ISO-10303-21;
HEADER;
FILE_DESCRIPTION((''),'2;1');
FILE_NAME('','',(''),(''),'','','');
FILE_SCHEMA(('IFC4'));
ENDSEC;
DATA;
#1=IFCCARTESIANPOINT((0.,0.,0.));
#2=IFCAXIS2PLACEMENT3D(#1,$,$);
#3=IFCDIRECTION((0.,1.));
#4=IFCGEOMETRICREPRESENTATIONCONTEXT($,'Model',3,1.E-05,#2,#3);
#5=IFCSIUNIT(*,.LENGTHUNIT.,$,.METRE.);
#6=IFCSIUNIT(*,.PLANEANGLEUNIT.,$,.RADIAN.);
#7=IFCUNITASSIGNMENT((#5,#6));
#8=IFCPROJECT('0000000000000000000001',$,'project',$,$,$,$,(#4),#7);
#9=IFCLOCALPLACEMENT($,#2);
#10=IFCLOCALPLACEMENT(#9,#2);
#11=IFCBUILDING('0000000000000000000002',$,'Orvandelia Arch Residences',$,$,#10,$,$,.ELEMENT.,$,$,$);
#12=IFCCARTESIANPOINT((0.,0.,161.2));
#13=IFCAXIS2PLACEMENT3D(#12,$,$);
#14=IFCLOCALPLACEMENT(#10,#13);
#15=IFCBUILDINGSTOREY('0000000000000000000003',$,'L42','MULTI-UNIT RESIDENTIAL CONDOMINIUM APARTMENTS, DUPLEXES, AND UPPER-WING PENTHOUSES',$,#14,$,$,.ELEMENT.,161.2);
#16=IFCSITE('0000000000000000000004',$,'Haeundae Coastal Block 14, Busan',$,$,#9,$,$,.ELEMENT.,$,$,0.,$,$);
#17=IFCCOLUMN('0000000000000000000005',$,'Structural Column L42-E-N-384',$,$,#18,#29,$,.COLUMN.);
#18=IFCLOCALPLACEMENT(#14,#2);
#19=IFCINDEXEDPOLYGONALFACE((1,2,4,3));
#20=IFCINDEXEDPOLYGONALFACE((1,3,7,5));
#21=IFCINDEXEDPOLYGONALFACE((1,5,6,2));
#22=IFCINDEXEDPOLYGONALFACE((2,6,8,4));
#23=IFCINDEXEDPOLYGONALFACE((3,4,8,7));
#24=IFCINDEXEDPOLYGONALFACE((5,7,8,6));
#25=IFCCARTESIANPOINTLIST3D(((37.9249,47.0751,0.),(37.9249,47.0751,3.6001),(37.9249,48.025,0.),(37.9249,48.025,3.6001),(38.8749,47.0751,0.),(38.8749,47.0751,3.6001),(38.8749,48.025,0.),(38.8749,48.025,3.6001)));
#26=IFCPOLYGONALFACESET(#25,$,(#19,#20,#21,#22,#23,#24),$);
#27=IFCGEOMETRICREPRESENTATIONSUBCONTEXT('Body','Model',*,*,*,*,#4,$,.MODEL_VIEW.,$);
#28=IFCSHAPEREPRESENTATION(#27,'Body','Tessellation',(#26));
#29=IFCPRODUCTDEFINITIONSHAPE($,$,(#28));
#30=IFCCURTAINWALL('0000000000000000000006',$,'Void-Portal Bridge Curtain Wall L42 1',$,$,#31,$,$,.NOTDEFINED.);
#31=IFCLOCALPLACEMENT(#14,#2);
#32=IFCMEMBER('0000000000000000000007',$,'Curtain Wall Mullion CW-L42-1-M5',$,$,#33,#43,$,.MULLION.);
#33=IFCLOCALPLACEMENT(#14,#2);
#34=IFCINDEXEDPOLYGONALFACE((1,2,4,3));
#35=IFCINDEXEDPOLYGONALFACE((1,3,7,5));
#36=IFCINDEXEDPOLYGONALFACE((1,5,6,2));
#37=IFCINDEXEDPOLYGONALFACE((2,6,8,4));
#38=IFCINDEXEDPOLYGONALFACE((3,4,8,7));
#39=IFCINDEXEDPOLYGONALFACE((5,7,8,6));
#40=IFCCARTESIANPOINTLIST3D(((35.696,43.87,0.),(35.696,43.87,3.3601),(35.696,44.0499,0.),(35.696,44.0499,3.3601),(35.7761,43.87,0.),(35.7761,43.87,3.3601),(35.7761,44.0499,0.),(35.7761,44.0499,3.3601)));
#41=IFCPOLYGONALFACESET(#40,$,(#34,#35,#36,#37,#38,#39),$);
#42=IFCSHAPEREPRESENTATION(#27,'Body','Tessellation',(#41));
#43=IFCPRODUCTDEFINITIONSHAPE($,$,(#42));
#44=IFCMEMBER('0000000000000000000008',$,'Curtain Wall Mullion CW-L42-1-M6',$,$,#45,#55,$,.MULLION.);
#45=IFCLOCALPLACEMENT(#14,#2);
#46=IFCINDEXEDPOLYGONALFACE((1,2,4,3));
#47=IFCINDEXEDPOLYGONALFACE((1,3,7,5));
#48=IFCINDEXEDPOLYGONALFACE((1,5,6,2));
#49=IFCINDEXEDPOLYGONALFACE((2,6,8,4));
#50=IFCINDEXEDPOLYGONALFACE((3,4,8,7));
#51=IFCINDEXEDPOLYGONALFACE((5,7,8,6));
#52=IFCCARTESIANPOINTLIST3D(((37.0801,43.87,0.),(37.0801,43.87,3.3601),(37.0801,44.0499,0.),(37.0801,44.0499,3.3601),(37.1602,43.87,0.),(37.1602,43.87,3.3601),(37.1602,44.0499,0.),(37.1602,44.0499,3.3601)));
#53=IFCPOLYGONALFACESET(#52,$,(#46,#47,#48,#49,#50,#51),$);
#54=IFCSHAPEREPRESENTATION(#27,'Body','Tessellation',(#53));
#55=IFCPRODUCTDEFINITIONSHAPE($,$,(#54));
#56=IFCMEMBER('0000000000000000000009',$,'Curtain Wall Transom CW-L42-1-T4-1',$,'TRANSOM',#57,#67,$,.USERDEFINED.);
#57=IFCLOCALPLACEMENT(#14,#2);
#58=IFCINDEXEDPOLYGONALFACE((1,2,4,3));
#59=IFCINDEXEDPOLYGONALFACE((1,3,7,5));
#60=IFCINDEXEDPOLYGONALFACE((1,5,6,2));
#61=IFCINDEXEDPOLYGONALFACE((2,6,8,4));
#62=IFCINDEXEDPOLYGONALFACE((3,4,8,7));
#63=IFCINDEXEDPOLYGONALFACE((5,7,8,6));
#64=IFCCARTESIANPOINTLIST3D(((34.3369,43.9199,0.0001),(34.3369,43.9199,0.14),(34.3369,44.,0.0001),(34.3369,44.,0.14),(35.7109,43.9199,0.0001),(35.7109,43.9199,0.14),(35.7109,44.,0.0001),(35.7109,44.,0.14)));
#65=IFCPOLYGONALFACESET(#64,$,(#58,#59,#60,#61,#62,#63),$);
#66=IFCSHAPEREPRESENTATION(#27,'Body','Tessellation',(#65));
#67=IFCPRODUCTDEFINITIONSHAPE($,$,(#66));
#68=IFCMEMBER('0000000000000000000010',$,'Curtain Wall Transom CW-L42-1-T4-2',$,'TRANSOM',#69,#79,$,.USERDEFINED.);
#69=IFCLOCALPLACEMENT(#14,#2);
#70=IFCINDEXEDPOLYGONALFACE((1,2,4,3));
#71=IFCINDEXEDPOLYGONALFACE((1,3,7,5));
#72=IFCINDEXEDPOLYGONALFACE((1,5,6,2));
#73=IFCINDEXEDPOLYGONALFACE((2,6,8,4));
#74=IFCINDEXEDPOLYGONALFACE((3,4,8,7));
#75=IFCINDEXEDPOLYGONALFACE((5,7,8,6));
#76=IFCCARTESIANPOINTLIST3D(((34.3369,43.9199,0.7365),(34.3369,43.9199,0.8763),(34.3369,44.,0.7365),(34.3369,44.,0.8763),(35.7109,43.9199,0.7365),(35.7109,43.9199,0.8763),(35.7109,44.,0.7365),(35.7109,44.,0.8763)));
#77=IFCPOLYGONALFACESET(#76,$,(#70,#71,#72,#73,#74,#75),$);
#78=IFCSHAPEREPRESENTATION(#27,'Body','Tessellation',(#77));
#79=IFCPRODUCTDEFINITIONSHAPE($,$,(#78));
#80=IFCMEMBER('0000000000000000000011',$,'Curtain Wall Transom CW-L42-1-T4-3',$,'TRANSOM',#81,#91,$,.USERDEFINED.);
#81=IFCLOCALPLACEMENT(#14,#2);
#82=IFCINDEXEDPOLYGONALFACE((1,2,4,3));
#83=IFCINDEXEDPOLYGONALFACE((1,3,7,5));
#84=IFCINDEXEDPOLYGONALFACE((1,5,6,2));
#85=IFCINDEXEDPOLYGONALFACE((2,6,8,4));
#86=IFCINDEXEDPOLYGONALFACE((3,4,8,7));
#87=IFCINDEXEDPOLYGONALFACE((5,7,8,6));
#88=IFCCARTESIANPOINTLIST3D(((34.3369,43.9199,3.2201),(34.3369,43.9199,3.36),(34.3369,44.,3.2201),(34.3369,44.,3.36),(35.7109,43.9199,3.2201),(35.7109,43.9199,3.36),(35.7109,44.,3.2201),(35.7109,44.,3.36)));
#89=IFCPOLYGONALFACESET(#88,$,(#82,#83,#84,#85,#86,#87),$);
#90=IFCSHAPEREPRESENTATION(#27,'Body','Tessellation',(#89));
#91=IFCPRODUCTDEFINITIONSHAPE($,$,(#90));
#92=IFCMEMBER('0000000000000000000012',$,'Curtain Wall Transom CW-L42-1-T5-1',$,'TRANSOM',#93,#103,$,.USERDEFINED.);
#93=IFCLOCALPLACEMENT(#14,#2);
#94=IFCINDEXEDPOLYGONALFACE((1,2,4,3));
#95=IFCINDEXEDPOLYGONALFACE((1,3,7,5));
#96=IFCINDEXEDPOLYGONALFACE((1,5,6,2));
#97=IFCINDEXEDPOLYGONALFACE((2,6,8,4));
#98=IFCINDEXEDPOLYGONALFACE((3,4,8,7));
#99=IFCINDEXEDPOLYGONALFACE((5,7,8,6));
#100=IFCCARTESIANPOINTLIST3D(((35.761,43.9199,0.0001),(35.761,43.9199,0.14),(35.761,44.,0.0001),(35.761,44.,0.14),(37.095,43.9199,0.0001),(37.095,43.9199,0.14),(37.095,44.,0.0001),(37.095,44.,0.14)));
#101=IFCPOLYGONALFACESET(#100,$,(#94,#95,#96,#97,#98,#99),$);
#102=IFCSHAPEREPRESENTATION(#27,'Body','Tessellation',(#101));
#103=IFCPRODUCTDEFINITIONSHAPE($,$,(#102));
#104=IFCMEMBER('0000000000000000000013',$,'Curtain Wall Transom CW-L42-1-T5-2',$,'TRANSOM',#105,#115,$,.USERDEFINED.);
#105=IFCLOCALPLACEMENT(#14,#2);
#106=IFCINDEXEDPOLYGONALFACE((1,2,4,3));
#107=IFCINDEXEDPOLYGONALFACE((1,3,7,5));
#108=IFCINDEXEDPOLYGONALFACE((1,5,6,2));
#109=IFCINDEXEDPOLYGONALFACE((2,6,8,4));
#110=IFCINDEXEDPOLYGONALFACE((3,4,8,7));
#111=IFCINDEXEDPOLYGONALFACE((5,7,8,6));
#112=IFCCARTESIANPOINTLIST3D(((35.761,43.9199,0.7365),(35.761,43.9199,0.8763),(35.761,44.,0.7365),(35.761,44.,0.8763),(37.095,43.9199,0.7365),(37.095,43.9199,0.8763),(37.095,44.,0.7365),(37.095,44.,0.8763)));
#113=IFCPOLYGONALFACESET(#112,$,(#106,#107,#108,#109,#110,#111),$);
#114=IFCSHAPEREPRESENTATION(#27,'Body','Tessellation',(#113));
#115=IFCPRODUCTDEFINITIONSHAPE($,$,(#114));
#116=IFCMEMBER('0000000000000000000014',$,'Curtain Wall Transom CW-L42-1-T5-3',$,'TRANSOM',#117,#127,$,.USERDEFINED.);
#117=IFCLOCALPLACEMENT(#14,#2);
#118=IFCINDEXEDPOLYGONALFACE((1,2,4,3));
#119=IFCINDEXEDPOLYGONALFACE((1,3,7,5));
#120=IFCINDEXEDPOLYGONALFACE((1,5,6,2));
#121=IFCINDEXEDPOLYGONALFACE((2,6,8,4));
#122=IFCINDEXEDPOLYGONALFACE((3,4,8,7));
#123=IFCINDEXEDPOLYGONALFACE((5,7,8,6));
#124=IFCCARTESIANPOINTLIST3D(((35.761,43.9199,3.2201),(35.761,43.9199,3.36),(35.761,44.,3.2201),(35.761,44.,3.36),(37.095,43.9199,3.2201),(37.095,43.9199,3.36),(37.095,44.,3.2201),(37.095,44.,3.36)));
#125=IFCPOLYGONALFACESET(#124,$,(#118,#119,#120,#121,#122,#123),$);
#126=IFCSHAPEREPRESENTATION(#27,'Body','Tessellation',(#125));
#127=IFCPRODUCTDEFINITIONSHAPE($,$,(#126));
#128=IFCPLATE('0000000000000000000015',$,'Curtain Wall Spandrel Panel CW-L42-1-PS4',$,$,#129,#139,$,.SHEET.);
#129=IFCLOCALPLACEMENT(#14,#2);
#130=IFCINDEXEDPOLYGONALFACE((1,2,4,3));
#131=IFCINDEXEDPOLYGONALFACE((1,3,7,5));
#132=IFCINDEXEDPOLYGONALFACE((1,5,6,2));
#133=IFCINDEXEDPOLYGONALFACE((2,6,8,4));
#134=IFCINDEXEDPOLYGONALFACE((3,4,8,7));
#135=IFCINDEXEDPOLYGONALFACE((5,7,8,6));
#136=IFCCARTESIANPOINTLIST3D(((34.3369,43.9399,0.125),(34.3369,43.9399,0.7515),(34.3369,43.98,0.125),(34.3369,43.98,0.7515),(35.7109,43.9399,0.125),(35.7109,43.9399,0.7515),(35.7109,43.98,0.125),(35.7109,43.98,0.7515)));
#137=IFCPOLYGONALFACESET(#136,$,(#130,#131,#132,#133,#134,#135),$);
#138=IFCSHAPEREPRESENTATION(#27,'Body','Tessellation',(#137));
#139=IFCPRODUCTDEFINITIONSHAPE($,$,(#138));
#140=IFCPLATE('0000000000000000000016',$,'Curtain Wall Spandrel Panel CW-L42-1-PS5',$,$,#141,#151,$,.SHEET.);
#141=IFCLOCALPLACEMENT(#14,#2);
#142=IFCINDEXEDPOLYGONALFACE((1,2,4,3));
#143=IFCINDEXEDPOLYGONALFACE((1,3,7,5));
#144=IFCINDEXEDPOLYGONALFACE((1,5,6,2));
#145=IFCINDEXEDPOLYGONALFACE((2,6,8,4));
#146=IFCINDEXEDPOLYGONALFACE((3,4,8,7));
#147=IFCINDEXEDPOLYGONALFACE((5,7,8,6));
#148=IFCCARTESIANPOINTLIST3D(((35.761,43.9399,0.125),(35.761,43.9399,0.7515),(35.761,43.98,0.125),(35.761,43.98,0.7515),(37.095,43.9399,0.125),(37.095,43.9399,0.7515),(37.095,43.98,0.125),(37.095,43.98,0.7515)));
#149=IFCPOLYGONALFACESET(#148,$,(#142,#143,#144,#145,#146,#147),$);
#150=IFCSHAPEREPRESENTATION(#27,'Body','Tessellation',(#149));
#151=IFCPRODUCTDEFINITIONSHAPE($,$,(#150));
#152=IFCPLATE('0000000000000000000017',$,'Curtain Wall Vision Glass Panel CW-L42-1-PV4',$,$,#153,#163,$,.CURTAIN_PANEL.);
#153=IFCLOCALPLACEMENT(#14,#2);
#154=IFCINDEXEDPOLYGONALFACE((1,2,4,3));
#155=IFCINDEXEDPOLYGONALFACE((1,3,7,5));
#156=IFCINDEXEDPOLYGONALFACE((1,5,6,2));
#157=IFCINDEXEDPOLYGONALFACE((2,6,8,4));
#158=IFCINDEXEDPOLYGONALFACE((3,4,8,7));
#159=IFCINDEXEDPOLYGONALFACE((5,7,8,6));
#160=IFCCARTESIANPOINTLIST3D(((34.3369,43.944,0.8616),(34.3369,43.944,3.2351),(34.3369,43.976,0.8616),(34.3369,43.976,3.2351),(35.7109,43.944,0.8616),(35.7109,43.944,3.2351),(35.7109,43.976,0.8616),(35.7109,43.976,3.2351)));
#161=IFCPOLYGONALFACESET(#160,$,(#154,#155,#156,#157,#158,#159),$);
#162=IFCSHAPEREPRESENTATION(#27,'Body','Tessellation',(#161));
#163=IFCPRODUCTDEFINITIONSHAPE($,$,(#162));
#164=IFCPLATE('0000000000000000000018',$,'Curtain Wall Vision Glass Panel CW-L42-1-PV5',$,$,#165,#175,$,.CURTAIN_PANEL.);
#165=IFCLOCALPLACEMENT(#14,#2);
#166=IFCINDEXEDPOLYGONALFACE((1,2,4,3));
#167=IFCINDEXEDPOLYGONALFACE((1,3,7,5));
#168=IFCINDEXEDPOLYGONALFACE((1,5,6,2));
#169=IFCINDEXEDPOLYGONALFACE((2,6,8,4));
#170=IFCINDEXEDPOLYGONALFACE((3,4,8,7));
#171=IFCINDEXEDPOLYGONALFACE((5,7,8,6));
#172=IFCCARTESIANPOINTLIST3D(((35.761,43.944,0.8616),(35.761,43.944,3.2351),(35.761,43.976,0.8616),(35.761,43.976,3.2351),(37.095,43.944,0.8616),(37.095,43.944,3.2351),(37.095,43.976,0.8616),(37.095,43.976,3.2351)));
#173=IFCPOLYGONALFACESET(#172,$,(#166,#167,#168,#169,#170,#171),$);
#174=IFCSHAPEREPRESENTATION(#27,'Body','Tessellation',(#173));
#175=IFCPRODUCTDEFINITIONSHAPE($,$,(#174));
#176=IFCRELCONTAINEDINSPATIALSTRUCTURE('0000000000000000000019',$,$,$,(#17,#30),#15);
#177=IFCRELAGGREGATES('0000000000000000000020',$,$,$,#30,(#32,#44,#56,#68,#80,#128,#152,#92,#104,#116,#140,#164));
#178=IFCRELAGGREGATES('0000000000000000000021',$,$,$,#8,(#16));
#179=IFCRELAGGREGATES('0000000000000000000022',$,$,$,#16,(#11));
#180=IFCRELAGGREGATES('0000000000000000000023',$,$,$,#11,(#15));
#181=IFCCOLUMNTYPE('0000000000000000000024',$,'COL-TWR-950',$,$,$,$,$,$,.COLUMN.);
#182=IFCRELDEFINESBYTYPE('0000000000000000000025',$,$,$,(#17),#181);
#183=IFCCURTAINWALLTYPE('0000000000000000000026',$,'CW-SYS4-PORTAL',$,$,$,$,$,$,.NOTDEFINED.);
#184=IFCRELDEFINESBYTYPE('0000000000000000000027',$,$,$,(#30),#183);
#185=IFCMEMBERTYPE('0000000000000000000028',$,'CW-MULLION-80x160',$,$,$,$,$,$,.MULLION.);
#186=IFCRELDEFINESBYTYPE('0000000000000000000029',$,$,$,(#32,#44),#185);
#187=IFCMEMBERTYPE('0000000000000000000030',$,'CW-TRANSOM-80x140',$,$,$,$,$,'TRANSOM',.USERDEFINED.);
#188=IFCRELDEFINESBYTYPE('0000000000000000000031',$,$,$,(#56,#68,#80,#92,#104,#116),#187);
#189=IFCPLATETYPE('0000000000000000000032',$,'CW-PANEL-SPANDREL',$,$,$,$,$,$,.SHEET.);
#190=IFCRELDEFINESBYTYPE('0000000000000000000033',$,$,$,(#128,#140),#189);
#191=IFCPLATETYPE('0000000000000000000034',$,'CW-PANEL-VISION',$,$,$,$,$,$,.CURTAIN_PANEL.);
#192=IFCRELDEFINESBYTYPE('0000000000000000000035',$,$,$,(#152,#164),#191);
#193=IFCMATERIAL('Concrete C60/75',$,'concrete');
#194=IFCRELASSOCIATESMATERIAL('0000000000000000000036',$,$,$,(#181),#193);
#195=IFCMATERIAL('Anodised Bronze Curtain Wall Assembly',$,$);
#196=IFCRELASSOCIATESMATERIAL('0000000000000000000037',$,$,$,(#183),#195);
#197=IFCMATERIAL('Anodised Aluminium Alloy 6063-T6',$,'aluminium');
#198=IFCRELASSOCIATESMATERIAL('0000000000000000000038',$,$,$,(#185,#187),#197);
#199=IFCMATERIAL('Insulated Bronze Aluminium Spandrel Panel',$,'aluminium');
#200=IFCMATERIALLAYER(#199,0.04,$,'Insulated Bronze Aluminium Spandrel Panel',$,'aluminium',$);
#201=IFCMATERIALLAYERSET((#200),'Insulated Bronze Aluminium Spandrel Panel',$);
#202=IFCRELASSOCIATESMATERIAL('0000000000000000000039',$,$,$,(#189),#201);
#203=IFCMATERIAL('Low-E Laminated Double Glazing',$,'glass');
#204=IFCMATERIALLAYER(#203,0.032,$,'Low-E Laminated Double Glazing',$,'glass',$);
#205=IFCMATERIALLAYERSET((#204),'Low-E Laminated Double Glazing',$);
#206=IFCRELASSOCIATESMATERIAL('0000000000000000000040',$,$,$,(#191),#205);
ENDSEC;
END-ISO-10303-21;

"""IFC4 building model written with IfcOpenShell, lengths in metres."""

from ifc_helpers import new_model, si_unit, direction, frame, origin, origin_2d, place, context, subcontext, project, spatial, rectangle, extrude, material, layer, layer_set, material_profile, profile_set, type_object, element, aggregate, save


model = new_model("IFC4")

# Units and contexts
model_context = context("Model", 3, precision=1e-05, world=origin(), true_north=direction((0.0, 1.0)))
body_context = subcontext(model_context, "Body", "Model", "MODEL_VIEW")
ifc_project = project(units=[si_unit("LENGTHUNIT", "METRE"), si_unit("PLANEANGLEUNIT", "RADIAN")], contexts=[model_context])

# Site, building, storey
site_placement = place(None, origin())
site = spatial("IfcSite", under=ifc_project, at=site_placement, Name="Haeundae Coastal Block 14, Busan", CompositionType="ELEMENT", RefElevation=0.0)
building_placement = place(site_placement, origin())
building = spatial("IfcBuilding", under=site, at=building_placement, Name="Orvandelia Arch Residences", CompositionType="ELEMENT")
storey_placement = place(building_placement, frame((0.0, 0.0, 161.2)))
storey = spatial("IfcBuildingStorey", under=building, at=storey_placement, Name="L42", Description="MULTI-UNIT RESIDENTIAL CONDOMINIUM APARTMENTS, DUPLEXES, AND UPPER-WING PENTHOUSES", CompositionType="ELEMENT", Elevation=161.2)

# Column
ifc_material_1 = material(Name="Concrete C60/75", Category="concrete")
ifc_material_profile_1 = material_profile(ifc_material_1, rectangle(XDim=0.95, YDim=0.95, at=origin_2d()), Name="Concrete C60/75", Category="concrete")
ifc_profile_set_1 = profile_set([ifc_material_profile_1], Name="Concrete C60/75")
column_type = type_object("IfcColumnType", Name="COL-TWR-950", PredefinedType="COLUMN", material=ifc_profile_set_1)
column_placement = place(storey_placement, frame((38.3999, 47.55, 0.0), z_axis=(0.0, 0.0, 1.0), x_axis=(1.0, 0.0, 0.0)))
element("IfcColumn", 1, at=column_placement, inside=storey, type_object=column_type, Name="Structural Column L42-E-N-384", PredefinedType="COLUMN", context=body_context, shape_type="SweptSolid", body=[
    extrude(rectangle(XDim=0.95, YDim=0.95, at=origin_2d()), origin(), (0.0, 0.0, 1.0), 3.6001),
])

# Curtain wall, members, plates
ifc_material_2 = material(Name="Anodised Bronze Curtain Wall Assembly")
curtain_wall_type = type_object("IfcCurtainWallType", Name="CW-SYS4-PORTAL", PredefinedType="NOTDEFINED", material=ifc_material_2)
curtain_wall_placement = place(storey_placement, origin())
curtain_wall = element("IfcCurtainWall", 2, at=curtain_wall_placement, inside=storey, type_object=curtain_wall_type, Name="Void-Portal Bridge Curtain Wall L42 1", PredefinedType="NOTDEFINED")
ifc_material_3 = material(Name="Anodised Aluminium Alloy 6063-T6", Category="aluminium")
ifc_material_profile_2 = material_profile(ifc_material_3, rectangle(XDim=0.0801, YDim=0.1799, at=origin_2d()), Name="Anodised Aluminium Alloy 6063-T6", Category="aluminium")
ifc_profile_set_2 = profile_set([ifc_material_profile_2], Name="Anodised Aluminium Alloy 6063-T6")
member_type_1 = type_object("IfcMemberType", Name="CW-MULLION-80x160", PredefinedType="MULLION", material=ifc_profile_set_2)
member_1_placement = place(storey_placement, frame((35.7361, 43.96, 0.0), z_axis=(0.0, 0.0, 1.0), x_axis=(1.0, 0.0, 0.0)))
member_1 = element("IfcMember", 3, at=member_1_placement, type_object=member_type_1, Name="Curtain Wall Mullion CW-L42-1-M5", PredefinedType="MULLION", context=body_context, shape_type="SweptSolid", body=[
    extrude(rectangle(XDim=0.0801, YDim=0.1799, at=origin_2d()), origin(), (0.0, 0.0, 1.0), 3.3601),
])
member_2_placement = place(storey_placement, frame((37.1201, 43.96, 0.0), z_axis=(0.0, 0.0, 1.0), x_axis=(1.0, 0.0, 0.0)))
member_2 = element("IfcMember", 4, at=member_2_placement, type_object=member_type_1, Name="Curtain Wall Mullion CW-L42-1-M6", PredefinedType="MULLION", context=body_context, shape_type="SweptSolid", body=[
    extrude(rectangle(XDim=0.0801, YDim=0.1799, at=origin_2d()), origin(), (0.0, 0.0, 1.0), 3.3601),
])
ifc_material_profile_3 = material_profile(ifc_material_3, rectangle(XDim=0.0801, YDim=0.1399, at=origin_2d()), Name="Anodised Aluminium Alloy 6063-T6", Category="aluminium")
ifc_profile_set_3 = profile_set([ifc_material_profile_3], Name="Anodised Aluminium Alloy 6063-T6")
member_type_2 = type_object("IfcMemberType", Name="CW-TRANSOM-80x140", ElementType="TRANSOM", PredefinedType="USERDEFINED", material=ifc_profile_set_3)
member_3_placement = place(storey_placement, frame((34.3369, 43.96, 0.0701), z_axis=(1.0, 0.0, 0.0), x_axis=(0.0, 1.0, 0.0)))
member_3 = element("IfcMember", 5, at=member_3_placement, type_object=member_type_2, Name="Curtain Wall Transom CW-L42-1-T4-1", ObjectType="TRANSOM", PredefinedType="USERDEFINED", context=body_context, shape_type="SweptSolid", body=[
    extrude(rectangle(XDim=0.0801, YDim=0.1399, at=origin_2d()), origin(), (0.0, 0.0, 1.0), 1.374),
])
member_4_placement = place(storey_placement, frame((34.3369, 43.96, 0.8064), z_axis=(1.0, 0.0, 0.0), x_axis=(0.0, 1.0, 0.0)))
member_4 = element("IfcMember", 6, at=member_4_placement, type_object=member_type_2, Name="Curtain Wall Transom CW-L42-1-T4-2", ObjectType="TRANSOM", PredefinedType="USERDEFINED", context=body_context, shape_type="SweptSolid", body=[
    extrude(rectangle(XDim=0.0801, YDim=0.1399, at=origin_2d()), origin(), (0.0, 0.0, 1.0), 1.374),
])
member_5_placement = place(storey_placement, frame((34.3369, 43.96, 3.29), z_axis=(1.0, 0.0, 0.0), x_axis=(0.0, 1.0, 0.0)))
member_5 = element("IfcMember", 7, at=member_5_placement, type_object=member_type_2, Name="Curtain Wall Transom CW-L42-1-T4-3", ObjectType="TRANSOM", PredefinedType="USERDEFINED", context=body_context, shape_type="SweptSolid", body=[
    extrude(rectangle(XDim=0.0801, YDim=0.1399, at=origin_2d()), origin(), (0.0, 0.0, 1.0), 1.374),
])
member_6_placement = place(storey_placement, frame((35.761, 43.96, 0.0701), z_axis=(1.0, 0.0, 0.0), x_axis=(0.0, 1.0, 0.0)))
member_6 = element("IfcMember", 8, at=member_6_placement, type_object=member_type_2, Name="Curtain Wall Transom CW-L42-1-T5-1", ObjectType="TRANSOM", PredefinedType="USERDEFINED", context=body_context, shape_type="SweptSolid", body=[
    extrude(rectangle(XDim=0.0801, YDim=0.1399, at=origin_2d()), origin(), (0.0, 0.0, 1.0), 1.334),
])
member_7_placement = place(storey_placement, frame((35.761, 43.96, 0.8064), z_axis=(1.0, 0.0, 0.0), x_axis=(0.0, 1.0, 0.0)))
member_7 = element("IfcMember", 9, at=member_7_placement, type_object=member_type_2, Name="Curtain Wall Transom CW-L42-1-T5-2", ObjectType="TRANSOM", PredefinedType="USERDEFINED", context=body_context, shape_type="SweptSolid", body=[
    extrude(rectangle(XDim=0.0801, YDim=0.1399, at=origin_2d()), origin(), (0.0, 0.0, 1.0), 1.334),
])
member_8_placement = place(storey_placement, frame((35.761, 43.96, 3.29), z_axis=(1.0, 0.0, 0.0), x_axis=(0.0, 1.0, 0.0)))
member_8 = element("IfcMember", 10, at=member_8_placement, type_object=member_type_2, Name="Curtain Wall Transom CW-L42-1-T5-3", ObjectType="TRANSOM", PredefinedType="USERDEFINED", context=body_context, shape_type="SweptSolid", body=[
    extrude(rectangle(XDim=0.0801, YDim=0.1399, at=origin_2d()), origin(), (0.0, 0.0, 1.0), 1.334),
])
ifc_material_4 = material(Name="Insulated Bronze Aluminium Spandrel Panel", Category="aluminium")
ifc_layer_1 = layer(ifc_material_4, 0.04, Name="Insulated Bronze Aluminium Spandrel Panel", Category="aluminium")
ifc_layer_set_1 = layer_set([ifc_layer_1], Name="Insulated Bronze Aluminium Spandrel Panel")
plate_type_1 = type_object("IfcPlateType", Name="CW-PANEL-SPANDREL", PredefinedType="SHEET", material=ifc_layer_set_1)
plate_1_placement = place(storey_placement, frame((35.0239, 43.96, 0.125), z_axis=(0.0, 0.0, 1.0), x_axis=(1.0, 0.0, 0.0)))
plate_1 = element("IfcPlate", 11, at=plate_1_placement, type_object=plate_type_1, Name="Curtain Wall Spandrel Panel CW-L42-1-PS4", PredefinedType="SHEET", context=body_context, shape_type="SweptSolid", body=[
    extrude(rectangle(XDim=1.374, YDim=0.04, at=origin_2d()), origin(), (0.0, 0.0, 1.0), 0.6265),
])
plate_2_placement = place(storey_placement, frame((36.428, 43.96, 0.125), z_axis=(0.0, 0.0, 1.0), x_axis=(1.0, 0.0, 0.0)))
plate_2 = element("IfcPlate", 12, at=plate_2_placement, type_object=plate_type_1, Name="Curtain Wall Spandrel Panel CW-L42-1-PS5", PredefinedType="SHEET", context=body_context, shape_type="SweptSolid", body=[
    extrude(rectangle(XDim=1.334, YDim=0.04, at=origin_2d()), origin(), (0.0, 0.0, 1.0), 0.6265),
])
ifc_material_5 = material(Name="Low-E Laminated Double Glazing", Category="glass")
ifc_layer_2 = layer(ifc_material_5, 0.032, Name="Low-E Laminated Double Glazing", Category="glass")
ifc_layer_set_2 = layer_set([ifc_layer_2], Name="Low-E Laminated Double Glazing")
plate_type_2 = type_object("IfcPlateType", Name="CW-PANEL-VISION", PredefinedType="CURTAIN_PANEL", material=ifc_layer_set_2)
plate_3_placement = place(storey_placement, frame((35.0239, 43.96, 0.8616), z_axis=(0.0, 0.0, 1.0), x_axis=(1.0, 0.0, 0.0)))
plate_3 = element("IfcPlate", 13, at=plate_3_placement, type_object=plate_type_2, Name="Curtain Wall Vision Glass Panel CW-L42-1-PV4", PredefinedType="CURTAIN_PANEL", context=body_context, shape_type="SweptSolid", body=[
    extrude(rectangle(XDim=1.374, YDim=0.032, at=origin_2d()), origin(), (0.0, 0.0, 1.0), 2.3735),
])
plate_4_placement = place(storey_placement, frame((36.428, 43.96, 0.8616), z_axis=(0.0, 0.0, 1.0), x_axis=(1.0, 0.0, 0.0)))
plate_4 = element("IfcPlate", 14, at=plate_4_placement, type_object=plate_type_2, Name="Curtain Wall Vision Glass Panel CW-L42-1-PV5", PredefinedType="CURTAIN_PANEL", context=body_context, shape_type="SweptSolid", body=[
    extrude(rectangle(XDim=1.334, YDim=0.032, at=origin_2d()), origin(), (0.0, 0.0, 1.0), 2.3735),
])
aggregate(curtain_wall, [member_1, member_2, member_3, member_4, member_5, plate_1, plate_3, member_6, member_7, member_8, plate_2, plate_4])

save(model, "model.ifc")
